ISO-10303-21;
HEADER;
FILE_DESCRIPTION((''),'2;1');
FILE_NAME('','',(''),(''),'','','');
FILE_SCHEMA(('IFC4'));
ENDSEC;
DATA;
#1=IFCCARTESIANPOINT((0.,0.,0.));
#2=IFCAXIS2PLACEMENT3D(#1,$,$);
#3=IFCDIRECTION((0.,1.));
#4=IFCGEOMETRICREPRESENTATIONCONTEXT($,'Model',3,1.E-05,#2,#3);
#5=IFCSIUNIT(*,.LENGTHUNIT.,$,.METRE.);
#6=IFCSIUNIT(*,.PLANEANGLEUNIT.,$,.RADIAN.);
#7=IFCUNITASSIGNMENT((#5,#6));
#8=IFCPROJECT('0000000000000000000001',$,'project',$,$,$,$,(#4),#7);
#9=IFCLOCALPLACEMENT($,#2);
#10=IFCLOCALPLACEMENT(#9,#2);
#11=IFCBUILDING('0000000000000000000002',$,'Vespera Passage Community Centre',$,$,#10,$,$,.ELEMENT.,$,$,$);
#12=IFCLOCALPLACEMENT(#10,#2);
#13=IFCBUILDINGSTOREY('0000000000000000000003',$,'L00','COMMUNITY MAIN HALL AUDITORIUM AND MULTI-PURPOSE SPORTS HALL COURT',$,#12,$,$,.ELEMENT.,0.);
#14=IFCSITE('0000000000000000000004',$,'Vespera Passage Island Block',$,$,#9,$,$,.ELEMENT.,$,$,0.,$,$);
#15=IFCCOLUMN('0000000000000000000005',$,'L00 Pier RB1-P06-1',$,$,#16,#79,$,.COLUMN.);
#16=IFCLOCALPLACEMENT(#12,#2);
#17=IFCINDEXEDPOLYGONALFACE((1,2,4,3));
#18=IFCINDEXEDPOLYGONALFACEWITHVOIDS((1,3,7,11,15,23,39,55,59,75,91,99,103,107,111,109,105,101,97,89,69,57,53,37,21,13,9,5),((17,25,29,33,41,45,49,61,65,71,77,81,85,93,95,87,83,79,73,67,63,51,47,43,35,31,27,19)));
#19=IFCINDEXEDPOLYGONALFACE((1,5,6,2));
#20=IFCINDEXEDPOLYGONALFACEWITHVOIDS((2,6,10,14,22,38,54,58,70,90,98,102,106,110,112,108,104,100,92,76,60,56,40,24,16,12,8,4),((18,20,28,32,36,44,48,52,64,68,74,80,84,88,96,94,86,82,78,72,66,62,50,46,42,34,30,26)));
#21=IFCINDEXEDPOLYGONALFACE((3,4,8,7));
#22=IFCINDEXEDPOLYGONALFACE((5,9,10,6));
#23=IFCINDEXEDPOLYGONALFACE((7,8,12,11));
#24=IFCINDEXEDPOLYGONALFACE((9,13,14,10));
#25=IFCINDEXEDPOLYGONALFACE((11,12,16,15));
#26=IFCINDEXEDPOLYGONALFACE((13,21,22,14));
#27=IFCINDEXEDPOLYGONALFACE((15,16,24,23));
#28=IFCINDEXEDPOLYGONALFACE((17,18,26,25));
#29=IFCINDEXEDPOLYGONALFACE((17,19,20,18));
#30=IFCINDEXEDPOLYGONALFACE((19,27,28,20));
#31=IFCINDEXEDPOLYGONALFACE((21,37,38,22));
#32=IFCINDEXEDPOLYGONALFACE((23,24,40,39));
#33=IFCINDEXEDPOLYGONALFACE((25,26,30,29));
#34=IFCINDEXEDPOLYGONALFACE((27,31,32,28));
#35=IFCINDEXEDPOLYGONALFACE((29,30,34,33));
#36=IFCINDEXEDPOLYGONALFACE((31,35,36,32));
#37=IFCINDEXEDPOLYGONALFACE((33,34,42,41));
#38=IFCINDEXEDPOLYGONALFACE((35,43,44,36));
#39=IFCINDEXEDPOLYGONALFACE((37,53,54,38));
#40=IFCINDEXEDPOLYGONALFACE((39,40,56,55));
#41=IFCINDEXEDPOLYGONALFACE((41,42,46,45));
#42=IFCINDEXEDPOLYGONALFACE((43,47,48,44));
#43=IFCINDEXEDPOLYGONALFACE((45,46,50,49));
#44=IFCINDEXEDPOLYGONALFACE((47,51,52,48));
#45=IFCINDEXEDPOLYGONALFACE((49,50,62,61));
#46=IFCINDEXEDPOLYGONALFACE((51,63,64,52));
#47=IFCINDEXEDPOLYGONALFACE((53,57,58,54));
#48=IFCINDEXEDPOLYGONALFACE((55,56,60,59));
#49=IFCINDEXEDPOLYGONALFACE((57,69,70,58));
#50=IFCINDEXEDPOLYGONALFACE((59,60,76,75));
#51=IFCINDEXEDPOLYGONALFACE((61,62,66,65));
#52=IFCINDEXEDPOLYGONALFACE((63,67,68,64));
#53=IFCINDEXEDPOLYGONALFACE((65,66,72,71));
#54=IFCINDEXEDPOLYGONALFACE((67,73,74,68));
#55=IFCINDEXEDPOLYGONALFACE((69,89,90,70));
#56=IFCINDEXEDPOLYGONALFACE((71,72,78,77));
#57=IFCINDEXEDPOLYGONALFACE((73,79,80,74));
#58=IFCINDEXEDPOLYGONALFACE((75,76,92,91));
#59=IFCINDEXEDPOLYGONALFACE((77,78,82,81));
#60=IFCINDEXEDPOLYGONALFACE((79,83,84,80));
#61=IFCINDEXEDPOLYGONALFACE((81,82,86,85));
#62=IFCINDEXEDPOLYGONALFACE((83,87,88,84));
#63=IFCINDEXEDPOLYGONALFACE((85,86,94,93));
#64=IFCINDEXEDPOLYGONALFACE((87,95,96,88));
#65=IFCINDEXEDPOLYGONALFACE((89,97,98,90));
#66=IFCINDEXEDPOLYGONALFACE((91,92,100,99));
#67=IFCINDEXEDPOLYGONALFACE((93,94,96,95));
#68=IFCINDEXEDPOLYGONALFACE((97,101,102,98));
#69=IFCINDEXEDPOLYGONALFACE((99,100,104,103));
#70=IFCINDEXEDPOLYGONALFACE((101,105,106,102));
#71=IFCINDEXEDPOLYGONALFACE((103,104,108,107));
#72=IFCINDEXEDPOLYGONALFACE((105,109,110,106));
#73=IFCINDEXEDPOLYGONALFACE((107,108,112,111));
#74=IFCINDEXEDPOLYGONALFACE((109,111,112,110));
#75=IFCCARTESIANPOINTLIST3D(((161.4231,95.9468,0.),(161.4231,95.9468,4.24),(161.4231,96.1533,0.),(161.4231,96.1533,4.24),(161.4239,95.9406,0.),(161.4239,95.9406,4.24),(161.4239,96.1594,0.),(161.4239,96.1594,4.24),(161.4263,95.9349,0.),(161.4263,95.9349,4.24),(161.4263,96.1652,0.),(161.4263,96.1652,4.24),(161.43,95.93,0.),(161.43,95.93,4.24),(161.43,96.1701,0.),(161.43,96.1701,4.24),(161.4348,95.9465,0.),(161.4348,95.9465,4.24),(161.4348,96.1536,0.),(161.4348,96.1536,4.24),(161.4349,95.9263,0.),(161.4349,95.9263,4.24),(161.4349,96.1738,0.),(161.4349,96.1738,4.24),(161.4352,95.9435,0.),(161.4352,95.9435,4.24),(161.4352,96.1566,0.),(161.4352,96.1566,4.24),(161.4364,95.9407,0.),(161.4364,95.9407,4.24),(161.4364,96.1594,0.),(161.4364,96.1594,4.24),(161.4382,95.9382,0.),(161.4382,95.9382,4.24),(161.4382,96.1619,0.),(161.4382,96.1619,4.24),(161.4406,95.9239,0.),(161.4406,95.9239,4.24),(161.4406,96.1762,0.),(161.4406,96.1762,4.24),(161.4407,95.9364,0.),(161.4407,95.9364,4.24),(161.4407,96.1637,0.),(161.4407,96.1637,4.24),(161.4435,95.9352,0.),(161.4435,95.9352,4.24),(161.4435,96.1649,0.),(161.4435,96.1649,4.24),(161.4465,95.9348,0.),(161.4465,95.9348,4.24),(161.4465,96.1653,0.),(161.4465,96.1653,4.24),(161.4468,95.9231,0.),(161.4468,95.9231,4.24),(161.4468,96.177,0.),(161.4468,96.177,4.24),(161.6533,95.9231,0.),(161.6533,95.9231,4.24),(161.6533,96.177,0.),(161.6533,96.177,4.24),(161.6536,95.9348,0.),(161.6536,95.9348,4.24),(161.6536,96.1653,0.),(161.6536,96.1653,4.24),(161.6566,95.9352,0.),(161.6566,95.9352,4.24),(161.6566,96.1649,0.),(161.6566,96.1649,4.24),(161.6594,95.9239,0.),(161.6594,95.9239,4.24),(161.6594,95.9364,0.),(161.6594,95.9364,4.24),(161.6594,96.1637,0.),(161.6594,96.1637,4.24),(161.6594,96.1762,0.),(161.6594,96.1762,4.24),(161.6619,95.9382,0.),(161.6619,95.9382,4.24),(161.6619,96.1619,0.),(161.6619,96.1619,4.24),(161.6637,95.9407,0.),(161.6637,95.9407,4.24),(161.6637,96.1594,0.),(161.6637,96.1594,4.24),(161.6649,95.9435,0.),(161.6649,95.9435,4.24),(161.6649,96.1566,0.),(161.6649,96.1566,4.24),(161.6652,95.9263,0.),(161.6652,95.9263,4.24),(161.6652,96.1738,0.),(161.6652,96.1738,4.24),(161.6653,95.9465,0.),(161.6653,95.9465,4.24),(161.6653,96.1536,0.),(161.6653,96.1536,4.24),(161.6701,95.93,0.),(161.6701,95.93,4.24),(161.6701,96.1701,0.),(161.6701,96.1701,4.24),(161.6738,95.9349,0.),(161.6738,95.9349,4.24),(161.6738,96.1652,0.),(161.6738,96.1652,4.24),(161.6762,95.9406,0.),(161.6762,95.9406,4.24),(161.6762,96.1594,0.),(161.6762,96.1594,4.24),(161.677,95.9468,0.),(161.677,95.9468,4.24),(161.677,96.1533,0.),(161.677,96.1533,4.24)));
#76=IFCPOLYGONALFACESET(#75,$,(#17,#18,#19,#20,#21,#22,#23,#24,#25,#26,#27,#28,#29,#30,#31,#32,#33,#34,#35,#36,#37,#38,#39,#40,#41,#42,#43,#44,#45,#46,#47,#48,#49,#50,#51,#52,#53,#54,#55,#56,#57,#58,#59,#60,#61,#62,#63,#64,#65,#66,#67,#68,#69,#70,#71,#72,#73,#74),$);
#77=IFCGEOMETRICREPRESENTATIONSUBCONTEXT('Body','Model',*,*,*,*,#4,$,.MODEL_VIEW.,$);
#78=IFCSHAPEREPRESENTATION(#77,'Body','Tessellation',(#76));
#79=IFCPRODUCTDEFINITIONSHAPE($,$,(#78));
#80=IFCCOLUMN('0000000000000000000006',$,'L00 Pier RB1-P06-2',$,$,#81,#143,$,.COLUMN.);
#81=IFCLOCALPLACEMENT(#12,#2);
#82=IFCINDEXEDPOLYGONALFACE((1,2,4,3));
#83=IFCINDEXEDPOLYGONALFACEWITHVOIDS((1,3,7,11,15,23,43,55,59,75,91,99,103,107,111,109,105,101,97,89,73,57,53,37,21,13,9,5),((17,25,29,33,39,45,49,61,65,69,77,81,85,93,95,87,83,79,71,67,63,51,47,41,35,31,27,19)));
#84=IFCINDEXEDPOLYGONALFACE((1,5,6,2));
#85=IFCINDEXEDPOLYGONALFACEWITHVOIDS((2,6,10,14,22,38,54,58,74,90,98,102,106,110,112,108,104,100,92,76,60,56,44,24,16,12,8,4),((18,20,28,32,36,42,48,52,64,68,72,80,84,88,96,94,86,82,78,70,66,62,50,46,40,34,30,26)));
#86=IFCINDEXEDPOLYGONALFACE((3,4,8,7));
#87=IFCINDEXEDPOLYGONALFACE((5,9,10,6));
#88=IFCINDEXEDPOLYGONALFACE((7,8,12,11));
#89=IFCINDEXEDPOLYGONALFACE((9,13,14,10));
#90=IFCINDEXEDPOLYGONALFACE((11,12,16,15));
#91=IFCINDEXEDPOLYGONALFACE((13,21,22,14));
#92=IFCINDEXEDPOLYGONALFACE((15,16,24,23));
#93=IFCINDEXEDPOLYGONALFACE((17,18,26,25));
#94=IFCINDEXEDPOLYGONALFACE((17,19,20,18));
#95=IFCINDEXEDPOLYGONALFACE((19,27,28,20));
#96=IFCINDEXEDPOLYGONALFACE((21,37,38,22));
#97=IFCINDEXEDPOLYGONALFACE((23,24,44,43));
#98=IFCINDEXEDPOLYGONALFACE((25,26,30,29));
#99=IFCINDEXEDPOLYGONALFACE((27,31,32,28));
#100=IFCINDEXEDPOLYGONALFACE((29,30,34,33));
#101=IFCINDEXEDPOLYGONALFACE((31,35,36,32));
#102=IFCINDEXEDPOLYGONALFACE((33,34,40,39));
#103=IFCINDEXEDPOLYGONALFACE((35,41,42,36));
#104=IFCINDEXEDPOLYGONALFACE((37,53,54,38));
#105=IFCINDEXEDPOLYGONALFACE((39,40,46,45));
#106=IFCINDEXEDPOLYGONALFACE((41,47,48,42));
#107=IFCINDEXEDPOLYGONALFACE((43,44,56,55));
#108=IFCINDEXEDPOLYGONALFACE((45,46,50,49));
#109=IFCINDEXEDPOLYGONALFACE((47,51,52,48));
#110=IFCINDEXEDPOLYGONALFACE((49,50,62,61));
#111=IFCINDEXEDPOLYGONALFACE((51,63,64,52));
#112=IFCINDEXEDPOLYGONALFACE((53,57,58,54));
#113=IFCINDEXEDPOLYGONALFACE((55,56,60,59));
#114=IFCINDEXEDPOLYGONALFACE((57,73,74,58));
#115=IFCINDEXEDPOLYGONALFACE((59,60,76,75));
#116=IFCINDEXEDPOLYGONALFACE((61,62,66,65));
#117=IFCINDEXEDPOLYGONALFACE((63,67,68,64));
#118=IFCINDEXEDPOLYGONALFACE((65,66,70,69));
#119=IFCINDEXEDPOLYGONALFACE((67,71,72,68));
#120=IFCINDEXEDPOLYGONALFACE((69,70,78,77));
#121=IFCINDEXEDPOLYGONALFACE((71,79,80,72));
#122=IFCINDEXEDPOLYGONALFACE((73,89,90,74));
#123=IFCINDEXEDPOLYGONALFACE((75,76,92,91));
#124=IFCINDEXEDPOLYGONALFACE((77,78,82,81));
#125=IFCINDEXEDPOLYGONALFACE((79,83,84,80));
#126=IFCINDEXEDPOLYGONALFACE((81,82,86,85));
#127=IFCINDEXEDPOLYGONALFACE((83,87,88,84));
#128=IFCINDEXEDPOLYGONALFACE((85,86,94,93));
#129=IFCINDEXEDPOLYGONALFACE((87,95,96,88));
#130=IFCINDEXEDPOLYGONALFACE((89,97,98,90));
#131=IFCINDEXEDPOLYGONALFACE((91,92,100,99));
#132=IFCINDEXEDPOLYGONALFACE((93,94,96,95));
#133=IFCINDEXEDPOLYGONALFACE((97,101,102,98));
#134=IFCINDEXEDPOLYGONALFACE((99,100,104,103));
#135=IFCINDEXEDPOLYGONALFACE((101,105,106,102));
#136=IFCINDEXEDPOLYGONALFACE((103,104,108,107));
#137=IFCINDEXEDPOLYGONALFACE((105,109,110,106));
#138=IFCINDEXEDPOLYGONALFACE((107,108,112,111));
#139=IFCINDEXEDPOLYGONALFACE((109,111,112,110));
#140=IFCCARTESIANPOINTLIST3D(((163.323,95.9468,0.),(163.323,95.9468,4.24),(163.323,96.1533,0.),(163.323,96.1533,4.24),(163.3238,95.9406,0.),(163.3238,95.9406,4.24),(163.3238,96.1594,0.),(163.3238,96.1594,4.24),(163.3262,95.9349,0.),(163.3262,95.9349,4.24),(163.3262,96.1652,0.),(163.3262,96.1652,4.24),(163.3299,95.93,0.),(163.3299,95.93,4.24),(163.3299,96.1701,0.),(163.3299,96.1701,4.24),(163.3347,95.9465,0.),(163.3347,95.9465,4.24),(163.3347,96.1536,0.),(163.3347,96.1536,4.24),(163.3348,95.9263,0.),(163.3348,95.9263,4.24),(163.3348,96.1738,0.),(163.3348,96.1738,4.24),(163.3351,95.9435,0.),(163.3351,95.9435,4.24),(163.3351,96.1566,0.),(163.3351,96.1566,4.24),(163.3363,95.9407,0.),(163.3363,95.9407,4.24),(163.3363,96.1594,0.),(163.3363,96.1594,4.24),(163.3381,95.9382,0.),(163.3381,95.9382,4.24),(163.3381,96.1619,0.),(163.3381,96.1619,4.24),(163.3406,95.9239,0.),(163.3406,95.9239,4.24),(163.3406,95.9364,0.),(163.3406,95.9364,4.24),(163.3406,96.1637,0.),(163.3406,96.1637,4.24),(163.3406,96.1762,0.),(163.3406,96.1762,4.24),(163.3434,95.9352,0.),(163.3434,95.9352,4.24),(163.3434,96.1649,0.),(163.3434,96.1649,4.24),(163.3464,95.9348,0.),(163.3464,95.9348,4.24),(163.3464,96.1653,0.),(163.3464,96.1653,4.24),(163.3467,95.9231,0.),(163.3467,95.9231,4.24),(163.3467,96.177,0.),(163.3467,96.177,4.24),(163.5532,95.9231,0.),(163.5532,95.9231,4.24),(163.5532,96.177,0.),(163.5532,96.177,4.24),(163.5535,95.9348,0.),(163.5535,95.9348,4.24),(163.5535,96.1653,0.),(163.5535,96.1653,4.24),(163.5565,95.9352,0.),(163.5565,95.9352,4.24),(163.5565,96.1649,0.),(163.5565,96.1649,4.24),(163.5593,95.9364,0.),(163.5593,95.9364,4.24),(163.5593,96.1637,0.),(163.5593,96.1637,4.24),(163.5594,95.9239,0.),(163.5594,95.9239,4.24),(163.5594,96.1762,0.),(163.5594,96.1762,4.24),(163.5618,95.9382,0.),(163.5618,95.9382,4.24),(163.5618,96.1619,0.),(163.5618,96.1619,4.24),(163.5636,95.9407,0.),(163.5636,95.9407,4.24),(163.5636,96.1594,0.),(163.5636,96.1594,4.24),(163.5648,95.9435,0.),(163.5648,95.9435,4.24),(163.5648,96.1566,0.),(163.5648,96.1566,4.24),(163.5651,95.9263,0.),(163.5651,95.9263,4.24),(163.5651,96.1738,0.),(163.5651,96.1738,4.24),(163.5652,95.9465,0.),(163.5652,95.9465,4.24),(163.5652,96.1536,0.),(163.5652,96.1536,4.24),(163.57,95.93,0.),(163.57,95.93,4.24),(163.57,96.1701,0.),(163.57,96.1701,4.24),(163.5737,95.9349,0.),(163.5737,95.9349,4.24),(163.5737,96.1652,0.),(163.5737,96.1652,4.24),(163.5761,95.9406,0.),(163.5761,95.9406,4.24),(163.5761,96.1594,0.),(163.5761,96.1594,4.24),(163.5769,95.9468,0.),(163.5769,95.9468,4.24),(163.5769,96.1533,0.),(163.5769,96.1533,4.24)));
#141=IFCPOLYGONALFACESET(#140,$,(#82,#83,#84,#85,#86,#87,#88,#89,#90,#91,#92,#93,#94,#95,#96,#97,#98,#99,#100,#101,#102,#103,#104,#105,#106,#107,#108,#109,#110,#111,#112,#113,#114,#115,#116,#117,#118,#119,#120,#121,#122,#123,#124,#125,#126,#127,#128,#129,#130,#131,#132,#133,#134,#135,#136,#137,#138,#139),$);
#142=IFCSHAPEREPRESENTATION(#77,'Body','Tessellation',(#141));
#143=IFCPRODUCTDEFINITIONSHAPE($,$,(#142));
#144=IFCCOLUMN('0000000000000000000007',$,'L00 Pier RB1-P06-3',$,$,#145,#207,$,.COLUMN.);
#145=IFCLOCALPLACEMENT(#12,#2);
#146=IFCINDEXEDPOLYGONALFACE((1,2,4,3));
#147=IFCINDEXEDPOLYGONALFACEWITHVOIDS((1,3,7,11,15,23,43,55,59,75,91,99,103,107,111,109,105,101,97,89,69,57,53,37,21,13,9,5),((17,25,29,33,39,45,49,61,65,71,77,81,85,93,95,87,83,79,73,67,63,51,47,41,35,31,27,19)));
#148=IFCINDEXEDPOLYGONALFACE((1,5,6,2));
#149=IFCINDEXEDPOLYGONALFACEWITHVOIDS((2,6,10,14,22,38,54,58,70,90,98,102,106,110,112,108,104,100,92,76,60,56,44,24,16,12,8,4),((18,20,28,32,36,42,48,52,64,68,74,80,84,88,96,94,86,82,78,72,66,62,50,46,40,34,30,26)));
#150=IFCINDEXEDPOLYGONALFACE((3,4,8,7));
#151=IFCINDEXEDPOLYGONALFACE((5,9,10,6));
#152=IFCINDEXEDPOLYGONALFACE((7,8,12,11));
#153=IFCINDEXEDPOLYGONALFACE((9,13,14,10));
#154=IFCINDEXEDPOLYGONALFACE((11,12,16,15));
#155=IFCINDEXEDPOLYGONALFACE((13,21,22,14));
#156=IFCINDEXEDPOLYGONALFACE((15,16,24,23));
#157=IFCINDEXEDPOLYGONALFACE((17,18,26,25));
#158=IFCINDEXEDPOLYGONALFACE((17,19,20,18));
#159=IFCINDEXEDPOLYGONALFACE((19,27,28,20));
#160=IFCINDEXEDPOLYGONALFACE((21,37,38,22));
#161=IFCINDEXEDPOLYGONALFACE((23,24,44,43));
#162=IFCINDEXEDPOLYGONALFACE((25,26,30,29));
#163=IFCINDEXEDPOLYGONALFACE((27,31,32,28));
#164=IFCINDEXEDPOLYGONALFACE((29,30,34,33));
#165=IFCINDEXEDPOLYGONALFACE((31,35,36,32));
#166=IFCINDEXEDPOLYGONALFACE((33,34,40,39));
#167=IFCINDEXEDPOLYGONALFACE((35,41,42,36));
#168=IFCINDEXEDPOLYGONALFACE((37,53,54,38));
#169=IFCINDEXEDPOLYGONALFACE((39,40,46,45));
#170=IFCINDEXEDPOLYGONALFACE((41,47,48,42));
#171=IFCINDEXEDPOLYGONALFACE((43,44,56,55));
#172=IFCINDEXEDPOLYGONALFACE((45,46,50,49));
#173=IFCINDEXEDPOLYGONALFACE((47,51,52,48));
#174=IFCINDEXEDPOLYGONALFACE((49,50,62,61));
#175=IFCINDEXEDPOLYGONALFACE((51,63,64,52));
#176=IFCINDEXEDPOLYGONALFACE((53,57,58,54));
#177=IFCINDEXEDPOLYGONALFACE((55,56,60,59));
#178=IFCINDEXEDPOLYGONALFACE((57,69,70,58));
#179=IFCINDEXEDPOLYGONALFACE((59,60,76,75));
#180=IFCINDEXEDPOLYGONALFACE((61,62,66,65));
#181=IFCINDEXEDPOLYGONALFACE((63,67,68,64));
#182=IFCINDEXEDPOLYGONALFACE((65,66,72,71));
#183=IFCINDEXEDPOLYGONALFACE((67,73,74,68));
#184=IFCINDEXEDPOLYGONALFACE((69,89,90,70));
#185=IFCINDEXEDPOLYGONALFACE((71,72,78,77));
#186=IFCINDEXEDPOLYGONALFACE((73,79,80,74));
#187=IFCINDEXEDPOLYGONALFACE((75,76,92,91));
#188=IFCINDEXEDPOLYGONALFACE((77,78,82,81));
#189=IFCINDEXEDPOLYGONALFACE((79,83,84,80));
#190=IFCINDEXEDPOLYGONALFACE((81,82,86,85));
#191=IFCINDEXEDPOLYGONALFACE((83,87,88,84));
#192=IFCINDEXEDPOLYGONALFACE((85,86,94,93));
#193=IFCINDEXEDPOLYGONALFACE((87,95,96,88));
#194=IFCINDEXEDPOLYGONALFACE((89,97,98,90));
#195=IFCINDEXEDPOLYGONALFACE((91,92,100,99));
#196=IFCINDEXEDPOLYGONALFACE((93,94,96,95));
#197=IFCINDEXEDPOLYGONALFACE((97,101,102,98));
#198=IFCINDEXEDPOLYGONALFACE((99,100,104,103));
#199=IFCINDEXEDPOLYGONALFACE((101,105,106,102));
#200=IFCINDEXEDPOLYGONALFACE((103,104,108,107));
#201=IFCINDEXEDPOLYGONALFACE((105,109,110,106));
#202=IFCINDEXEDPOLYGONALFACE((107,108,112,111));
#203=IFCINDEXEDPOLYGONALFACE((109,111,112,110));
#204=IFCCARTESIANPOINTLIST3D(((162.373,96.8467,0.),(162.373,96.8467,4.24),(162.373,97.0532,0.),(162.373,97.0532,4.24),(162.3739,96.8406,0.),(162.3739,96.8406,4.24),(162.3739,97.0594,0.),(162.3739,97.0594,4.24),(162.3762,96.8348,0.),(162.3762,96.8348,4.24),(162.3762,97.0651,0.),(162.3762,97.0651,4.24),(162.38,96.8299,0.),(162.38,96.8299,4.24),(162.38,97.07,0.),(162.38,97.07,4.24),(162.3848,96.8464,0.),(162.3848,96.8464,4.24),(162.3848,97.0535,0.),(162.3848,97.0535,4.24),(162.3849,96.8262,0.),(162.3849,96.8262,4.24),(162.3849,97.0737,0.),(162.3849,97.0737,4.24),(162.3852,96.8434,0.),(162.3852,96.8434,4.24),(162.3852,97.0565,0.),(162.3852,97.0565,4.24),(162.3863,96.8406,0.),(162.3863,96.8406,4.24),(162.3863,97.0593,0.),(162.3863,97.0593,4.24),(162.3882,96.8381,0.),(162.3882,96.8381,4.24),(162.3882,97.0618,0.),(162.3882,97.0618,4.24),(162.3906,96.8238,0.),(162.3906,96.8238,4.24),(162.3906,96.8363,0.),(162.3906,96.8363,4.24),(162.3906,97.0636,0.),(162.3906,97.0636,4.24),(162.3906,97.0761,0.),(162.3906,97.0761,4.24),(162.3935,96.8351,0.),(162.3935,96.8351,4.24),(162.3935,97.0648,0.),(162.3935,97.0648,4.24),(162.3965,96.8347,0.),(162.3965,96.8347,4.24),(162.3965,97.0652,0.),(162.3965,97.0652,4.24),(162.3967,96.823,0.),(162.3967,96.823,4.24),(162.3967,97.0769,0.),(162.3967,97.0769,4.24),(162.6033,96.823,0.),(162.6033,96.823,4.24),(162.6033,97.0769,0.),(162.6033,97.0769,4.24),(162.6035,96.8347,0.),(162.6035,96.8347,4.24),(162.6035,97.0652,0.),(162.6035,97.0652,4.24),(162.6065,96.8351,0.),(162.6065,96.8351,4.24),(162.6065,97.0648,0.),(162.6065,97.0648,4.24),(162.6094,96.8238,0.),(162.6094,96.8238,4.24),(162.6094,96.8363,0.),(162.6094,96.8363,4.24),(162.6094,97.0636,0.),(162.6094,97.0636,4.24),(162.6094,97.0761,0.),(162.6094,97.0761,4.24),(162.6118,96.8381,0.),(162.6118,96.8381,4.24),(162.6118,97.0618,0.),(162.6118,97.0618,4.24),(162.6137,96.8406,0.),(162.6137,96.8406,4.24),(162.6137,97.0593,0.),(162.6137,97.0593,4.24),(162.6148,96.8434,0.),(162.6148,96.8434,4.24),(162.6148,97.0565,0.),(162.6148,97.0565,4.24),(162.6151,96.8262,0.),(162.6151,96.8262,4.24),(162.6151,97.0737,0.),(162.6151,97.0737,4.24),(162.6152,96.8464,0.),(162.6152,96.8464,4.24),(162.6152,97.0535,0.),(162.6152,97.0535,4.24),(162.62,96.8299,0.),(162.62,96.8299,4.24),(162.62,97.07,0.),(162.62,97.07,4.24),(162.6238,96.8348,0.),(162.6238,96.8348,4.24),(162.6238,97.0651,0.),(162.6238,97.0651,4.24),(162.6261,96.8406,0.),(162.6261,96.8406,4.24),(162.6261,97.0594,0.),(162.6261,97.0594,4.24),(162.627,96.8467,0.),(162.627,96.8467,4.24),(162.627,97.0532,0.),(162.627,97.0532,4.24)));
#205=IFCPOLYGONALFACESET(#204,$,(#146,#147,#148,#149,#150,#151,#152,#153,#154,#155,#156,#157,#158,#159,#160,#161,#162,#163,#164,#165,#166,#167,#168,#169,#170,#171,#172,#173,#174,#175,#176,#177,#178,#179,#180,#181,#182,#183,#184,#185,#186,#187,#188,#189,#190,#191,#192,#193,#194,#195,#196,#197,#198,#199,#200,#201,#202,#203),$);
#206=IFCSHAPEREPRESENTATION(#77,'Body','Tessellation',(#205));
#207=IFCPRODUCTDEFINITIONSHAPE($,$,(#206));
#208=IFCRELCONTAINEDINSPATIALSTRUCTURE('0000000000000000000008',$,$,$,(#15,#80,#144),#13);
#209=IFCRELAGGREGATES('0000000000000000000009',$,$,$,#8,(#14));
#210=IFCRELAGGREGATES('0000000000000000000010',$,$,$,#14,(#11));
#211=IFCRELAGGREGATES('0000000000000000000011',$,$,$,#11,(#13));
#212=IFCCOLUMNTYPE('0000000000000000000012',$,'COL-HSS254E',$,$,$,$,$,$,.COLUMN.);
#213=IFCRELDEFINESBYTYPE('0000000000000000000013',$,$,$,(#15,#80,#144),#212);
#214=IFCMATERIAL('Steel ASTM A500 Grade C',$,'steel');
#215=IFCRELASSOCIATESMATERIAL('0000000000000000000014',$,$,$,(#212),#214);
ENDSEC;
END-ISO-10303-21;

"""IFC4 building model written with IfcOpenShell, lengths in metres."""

from ifc_helpers import new_model, si_unit, direction, frame, origin, origin_2d, place, context, subcontext, project, spatial, hollow_rectangle, extrude, material, material_profile, profile_set, type_object, element, save


model = new_model("IFC4")

# Units and contexts
model_context = context("Model", 3, precision=1e-05, world=origin(), true_north=direction((0.0, 1.0)))
body_context = subcontext(model_context, "Body", "Model", "MODEL_VIEW")
ifc_project = project(units=[si_unit("LENGTHUNIT", "METRE"), si_unit("PLANEANGLEUNIT", "RADIAN")], contexts=[model_context])

# Site, building, storey
site_placement = place(None, origin())
site = spatial("IfcSite", under=ifc_project, at=site_placement, Name="Vespera Passage Island Block", CompositionType="ELEMENT", RefElevation=0.0)
building_placement = place(site_placement, origin())
building = spatial("IfcBuilding", under=site, at=building_placement, Name="Vespera Passage Community Centre", CompositionType="ELEMENT")
storey_placement = place(building_placement, origin())
storey = spatial("IfcBuildingStorey", under=building, at=storey_placement, Name="L00", Description="COMMUNITY MAIN HALL AUDITORIUM AND MULTI-PURPOSE SPORTS HALL COURT", CompositionType="ELEMENT", Elevation=0.0)

# Columns
ifc_material_1 = material(Name="Steel ASTM A500 Grade C", Category="steel")
ifc_material_profile_1 = material_profile(ifc_material_1, hollow_rectangle(XDim=0.2539, YDim=0.2539, WallThickness=0.0117, InnerFilletRadius=0.0117, OuterFilletRadius=0.0237, at=origin_2d()), Name="HSS254X254X12.7")
ifc_profile_set_1 = profile_set([ifc_material_profile_1], Name="Steel ASTM A500 Grade C")
column_type_1 = type_object("IfcColumnType", Name="COL-HSS254E", PredefinedType="COLUMN", material=ifc_profile_set_1)
for number, where, z_axis, x_axis, name in (
    (1, (161.55, 96.05, 0.0), (0.0, 0.0, 1.0), (1.0, 0.0, 0.0), "L00 Pier RB1-P06-1"),
    (2, (163.45, 96.05, 0.0), (0.0, 0.0, 1.0), (1.0, 0.0, 0.0), "L00 Pier RB1-P06-2"),
    (3, (162.5, 96.95, 0.0), (0.0, 0.0, 1.0), (1.0, 0.0, 0.0), "L00 Pier RB1-P06-3"),
):
    element("IfcColumn", number, at=place(storey_placement, frame(where, z_axis=z_axis, x_axis=x_axis)), inside=storey, type_object=column_type_1, Name=name, PredefinedType="COLUMN", context=body_context, shape_type="SweptSolid", body=[
        extrude(hollow_rectangle(XDim=0.2539, YDim=0.2539, WallThickness=0.0117, InnerFilletRadius=0.0117, OuterFilletRadius=0.0237, at=origin_2d()), origin(), (0.0, 0.0, 1.0), 4.24),
    ])

save(model, "model.ifc")
